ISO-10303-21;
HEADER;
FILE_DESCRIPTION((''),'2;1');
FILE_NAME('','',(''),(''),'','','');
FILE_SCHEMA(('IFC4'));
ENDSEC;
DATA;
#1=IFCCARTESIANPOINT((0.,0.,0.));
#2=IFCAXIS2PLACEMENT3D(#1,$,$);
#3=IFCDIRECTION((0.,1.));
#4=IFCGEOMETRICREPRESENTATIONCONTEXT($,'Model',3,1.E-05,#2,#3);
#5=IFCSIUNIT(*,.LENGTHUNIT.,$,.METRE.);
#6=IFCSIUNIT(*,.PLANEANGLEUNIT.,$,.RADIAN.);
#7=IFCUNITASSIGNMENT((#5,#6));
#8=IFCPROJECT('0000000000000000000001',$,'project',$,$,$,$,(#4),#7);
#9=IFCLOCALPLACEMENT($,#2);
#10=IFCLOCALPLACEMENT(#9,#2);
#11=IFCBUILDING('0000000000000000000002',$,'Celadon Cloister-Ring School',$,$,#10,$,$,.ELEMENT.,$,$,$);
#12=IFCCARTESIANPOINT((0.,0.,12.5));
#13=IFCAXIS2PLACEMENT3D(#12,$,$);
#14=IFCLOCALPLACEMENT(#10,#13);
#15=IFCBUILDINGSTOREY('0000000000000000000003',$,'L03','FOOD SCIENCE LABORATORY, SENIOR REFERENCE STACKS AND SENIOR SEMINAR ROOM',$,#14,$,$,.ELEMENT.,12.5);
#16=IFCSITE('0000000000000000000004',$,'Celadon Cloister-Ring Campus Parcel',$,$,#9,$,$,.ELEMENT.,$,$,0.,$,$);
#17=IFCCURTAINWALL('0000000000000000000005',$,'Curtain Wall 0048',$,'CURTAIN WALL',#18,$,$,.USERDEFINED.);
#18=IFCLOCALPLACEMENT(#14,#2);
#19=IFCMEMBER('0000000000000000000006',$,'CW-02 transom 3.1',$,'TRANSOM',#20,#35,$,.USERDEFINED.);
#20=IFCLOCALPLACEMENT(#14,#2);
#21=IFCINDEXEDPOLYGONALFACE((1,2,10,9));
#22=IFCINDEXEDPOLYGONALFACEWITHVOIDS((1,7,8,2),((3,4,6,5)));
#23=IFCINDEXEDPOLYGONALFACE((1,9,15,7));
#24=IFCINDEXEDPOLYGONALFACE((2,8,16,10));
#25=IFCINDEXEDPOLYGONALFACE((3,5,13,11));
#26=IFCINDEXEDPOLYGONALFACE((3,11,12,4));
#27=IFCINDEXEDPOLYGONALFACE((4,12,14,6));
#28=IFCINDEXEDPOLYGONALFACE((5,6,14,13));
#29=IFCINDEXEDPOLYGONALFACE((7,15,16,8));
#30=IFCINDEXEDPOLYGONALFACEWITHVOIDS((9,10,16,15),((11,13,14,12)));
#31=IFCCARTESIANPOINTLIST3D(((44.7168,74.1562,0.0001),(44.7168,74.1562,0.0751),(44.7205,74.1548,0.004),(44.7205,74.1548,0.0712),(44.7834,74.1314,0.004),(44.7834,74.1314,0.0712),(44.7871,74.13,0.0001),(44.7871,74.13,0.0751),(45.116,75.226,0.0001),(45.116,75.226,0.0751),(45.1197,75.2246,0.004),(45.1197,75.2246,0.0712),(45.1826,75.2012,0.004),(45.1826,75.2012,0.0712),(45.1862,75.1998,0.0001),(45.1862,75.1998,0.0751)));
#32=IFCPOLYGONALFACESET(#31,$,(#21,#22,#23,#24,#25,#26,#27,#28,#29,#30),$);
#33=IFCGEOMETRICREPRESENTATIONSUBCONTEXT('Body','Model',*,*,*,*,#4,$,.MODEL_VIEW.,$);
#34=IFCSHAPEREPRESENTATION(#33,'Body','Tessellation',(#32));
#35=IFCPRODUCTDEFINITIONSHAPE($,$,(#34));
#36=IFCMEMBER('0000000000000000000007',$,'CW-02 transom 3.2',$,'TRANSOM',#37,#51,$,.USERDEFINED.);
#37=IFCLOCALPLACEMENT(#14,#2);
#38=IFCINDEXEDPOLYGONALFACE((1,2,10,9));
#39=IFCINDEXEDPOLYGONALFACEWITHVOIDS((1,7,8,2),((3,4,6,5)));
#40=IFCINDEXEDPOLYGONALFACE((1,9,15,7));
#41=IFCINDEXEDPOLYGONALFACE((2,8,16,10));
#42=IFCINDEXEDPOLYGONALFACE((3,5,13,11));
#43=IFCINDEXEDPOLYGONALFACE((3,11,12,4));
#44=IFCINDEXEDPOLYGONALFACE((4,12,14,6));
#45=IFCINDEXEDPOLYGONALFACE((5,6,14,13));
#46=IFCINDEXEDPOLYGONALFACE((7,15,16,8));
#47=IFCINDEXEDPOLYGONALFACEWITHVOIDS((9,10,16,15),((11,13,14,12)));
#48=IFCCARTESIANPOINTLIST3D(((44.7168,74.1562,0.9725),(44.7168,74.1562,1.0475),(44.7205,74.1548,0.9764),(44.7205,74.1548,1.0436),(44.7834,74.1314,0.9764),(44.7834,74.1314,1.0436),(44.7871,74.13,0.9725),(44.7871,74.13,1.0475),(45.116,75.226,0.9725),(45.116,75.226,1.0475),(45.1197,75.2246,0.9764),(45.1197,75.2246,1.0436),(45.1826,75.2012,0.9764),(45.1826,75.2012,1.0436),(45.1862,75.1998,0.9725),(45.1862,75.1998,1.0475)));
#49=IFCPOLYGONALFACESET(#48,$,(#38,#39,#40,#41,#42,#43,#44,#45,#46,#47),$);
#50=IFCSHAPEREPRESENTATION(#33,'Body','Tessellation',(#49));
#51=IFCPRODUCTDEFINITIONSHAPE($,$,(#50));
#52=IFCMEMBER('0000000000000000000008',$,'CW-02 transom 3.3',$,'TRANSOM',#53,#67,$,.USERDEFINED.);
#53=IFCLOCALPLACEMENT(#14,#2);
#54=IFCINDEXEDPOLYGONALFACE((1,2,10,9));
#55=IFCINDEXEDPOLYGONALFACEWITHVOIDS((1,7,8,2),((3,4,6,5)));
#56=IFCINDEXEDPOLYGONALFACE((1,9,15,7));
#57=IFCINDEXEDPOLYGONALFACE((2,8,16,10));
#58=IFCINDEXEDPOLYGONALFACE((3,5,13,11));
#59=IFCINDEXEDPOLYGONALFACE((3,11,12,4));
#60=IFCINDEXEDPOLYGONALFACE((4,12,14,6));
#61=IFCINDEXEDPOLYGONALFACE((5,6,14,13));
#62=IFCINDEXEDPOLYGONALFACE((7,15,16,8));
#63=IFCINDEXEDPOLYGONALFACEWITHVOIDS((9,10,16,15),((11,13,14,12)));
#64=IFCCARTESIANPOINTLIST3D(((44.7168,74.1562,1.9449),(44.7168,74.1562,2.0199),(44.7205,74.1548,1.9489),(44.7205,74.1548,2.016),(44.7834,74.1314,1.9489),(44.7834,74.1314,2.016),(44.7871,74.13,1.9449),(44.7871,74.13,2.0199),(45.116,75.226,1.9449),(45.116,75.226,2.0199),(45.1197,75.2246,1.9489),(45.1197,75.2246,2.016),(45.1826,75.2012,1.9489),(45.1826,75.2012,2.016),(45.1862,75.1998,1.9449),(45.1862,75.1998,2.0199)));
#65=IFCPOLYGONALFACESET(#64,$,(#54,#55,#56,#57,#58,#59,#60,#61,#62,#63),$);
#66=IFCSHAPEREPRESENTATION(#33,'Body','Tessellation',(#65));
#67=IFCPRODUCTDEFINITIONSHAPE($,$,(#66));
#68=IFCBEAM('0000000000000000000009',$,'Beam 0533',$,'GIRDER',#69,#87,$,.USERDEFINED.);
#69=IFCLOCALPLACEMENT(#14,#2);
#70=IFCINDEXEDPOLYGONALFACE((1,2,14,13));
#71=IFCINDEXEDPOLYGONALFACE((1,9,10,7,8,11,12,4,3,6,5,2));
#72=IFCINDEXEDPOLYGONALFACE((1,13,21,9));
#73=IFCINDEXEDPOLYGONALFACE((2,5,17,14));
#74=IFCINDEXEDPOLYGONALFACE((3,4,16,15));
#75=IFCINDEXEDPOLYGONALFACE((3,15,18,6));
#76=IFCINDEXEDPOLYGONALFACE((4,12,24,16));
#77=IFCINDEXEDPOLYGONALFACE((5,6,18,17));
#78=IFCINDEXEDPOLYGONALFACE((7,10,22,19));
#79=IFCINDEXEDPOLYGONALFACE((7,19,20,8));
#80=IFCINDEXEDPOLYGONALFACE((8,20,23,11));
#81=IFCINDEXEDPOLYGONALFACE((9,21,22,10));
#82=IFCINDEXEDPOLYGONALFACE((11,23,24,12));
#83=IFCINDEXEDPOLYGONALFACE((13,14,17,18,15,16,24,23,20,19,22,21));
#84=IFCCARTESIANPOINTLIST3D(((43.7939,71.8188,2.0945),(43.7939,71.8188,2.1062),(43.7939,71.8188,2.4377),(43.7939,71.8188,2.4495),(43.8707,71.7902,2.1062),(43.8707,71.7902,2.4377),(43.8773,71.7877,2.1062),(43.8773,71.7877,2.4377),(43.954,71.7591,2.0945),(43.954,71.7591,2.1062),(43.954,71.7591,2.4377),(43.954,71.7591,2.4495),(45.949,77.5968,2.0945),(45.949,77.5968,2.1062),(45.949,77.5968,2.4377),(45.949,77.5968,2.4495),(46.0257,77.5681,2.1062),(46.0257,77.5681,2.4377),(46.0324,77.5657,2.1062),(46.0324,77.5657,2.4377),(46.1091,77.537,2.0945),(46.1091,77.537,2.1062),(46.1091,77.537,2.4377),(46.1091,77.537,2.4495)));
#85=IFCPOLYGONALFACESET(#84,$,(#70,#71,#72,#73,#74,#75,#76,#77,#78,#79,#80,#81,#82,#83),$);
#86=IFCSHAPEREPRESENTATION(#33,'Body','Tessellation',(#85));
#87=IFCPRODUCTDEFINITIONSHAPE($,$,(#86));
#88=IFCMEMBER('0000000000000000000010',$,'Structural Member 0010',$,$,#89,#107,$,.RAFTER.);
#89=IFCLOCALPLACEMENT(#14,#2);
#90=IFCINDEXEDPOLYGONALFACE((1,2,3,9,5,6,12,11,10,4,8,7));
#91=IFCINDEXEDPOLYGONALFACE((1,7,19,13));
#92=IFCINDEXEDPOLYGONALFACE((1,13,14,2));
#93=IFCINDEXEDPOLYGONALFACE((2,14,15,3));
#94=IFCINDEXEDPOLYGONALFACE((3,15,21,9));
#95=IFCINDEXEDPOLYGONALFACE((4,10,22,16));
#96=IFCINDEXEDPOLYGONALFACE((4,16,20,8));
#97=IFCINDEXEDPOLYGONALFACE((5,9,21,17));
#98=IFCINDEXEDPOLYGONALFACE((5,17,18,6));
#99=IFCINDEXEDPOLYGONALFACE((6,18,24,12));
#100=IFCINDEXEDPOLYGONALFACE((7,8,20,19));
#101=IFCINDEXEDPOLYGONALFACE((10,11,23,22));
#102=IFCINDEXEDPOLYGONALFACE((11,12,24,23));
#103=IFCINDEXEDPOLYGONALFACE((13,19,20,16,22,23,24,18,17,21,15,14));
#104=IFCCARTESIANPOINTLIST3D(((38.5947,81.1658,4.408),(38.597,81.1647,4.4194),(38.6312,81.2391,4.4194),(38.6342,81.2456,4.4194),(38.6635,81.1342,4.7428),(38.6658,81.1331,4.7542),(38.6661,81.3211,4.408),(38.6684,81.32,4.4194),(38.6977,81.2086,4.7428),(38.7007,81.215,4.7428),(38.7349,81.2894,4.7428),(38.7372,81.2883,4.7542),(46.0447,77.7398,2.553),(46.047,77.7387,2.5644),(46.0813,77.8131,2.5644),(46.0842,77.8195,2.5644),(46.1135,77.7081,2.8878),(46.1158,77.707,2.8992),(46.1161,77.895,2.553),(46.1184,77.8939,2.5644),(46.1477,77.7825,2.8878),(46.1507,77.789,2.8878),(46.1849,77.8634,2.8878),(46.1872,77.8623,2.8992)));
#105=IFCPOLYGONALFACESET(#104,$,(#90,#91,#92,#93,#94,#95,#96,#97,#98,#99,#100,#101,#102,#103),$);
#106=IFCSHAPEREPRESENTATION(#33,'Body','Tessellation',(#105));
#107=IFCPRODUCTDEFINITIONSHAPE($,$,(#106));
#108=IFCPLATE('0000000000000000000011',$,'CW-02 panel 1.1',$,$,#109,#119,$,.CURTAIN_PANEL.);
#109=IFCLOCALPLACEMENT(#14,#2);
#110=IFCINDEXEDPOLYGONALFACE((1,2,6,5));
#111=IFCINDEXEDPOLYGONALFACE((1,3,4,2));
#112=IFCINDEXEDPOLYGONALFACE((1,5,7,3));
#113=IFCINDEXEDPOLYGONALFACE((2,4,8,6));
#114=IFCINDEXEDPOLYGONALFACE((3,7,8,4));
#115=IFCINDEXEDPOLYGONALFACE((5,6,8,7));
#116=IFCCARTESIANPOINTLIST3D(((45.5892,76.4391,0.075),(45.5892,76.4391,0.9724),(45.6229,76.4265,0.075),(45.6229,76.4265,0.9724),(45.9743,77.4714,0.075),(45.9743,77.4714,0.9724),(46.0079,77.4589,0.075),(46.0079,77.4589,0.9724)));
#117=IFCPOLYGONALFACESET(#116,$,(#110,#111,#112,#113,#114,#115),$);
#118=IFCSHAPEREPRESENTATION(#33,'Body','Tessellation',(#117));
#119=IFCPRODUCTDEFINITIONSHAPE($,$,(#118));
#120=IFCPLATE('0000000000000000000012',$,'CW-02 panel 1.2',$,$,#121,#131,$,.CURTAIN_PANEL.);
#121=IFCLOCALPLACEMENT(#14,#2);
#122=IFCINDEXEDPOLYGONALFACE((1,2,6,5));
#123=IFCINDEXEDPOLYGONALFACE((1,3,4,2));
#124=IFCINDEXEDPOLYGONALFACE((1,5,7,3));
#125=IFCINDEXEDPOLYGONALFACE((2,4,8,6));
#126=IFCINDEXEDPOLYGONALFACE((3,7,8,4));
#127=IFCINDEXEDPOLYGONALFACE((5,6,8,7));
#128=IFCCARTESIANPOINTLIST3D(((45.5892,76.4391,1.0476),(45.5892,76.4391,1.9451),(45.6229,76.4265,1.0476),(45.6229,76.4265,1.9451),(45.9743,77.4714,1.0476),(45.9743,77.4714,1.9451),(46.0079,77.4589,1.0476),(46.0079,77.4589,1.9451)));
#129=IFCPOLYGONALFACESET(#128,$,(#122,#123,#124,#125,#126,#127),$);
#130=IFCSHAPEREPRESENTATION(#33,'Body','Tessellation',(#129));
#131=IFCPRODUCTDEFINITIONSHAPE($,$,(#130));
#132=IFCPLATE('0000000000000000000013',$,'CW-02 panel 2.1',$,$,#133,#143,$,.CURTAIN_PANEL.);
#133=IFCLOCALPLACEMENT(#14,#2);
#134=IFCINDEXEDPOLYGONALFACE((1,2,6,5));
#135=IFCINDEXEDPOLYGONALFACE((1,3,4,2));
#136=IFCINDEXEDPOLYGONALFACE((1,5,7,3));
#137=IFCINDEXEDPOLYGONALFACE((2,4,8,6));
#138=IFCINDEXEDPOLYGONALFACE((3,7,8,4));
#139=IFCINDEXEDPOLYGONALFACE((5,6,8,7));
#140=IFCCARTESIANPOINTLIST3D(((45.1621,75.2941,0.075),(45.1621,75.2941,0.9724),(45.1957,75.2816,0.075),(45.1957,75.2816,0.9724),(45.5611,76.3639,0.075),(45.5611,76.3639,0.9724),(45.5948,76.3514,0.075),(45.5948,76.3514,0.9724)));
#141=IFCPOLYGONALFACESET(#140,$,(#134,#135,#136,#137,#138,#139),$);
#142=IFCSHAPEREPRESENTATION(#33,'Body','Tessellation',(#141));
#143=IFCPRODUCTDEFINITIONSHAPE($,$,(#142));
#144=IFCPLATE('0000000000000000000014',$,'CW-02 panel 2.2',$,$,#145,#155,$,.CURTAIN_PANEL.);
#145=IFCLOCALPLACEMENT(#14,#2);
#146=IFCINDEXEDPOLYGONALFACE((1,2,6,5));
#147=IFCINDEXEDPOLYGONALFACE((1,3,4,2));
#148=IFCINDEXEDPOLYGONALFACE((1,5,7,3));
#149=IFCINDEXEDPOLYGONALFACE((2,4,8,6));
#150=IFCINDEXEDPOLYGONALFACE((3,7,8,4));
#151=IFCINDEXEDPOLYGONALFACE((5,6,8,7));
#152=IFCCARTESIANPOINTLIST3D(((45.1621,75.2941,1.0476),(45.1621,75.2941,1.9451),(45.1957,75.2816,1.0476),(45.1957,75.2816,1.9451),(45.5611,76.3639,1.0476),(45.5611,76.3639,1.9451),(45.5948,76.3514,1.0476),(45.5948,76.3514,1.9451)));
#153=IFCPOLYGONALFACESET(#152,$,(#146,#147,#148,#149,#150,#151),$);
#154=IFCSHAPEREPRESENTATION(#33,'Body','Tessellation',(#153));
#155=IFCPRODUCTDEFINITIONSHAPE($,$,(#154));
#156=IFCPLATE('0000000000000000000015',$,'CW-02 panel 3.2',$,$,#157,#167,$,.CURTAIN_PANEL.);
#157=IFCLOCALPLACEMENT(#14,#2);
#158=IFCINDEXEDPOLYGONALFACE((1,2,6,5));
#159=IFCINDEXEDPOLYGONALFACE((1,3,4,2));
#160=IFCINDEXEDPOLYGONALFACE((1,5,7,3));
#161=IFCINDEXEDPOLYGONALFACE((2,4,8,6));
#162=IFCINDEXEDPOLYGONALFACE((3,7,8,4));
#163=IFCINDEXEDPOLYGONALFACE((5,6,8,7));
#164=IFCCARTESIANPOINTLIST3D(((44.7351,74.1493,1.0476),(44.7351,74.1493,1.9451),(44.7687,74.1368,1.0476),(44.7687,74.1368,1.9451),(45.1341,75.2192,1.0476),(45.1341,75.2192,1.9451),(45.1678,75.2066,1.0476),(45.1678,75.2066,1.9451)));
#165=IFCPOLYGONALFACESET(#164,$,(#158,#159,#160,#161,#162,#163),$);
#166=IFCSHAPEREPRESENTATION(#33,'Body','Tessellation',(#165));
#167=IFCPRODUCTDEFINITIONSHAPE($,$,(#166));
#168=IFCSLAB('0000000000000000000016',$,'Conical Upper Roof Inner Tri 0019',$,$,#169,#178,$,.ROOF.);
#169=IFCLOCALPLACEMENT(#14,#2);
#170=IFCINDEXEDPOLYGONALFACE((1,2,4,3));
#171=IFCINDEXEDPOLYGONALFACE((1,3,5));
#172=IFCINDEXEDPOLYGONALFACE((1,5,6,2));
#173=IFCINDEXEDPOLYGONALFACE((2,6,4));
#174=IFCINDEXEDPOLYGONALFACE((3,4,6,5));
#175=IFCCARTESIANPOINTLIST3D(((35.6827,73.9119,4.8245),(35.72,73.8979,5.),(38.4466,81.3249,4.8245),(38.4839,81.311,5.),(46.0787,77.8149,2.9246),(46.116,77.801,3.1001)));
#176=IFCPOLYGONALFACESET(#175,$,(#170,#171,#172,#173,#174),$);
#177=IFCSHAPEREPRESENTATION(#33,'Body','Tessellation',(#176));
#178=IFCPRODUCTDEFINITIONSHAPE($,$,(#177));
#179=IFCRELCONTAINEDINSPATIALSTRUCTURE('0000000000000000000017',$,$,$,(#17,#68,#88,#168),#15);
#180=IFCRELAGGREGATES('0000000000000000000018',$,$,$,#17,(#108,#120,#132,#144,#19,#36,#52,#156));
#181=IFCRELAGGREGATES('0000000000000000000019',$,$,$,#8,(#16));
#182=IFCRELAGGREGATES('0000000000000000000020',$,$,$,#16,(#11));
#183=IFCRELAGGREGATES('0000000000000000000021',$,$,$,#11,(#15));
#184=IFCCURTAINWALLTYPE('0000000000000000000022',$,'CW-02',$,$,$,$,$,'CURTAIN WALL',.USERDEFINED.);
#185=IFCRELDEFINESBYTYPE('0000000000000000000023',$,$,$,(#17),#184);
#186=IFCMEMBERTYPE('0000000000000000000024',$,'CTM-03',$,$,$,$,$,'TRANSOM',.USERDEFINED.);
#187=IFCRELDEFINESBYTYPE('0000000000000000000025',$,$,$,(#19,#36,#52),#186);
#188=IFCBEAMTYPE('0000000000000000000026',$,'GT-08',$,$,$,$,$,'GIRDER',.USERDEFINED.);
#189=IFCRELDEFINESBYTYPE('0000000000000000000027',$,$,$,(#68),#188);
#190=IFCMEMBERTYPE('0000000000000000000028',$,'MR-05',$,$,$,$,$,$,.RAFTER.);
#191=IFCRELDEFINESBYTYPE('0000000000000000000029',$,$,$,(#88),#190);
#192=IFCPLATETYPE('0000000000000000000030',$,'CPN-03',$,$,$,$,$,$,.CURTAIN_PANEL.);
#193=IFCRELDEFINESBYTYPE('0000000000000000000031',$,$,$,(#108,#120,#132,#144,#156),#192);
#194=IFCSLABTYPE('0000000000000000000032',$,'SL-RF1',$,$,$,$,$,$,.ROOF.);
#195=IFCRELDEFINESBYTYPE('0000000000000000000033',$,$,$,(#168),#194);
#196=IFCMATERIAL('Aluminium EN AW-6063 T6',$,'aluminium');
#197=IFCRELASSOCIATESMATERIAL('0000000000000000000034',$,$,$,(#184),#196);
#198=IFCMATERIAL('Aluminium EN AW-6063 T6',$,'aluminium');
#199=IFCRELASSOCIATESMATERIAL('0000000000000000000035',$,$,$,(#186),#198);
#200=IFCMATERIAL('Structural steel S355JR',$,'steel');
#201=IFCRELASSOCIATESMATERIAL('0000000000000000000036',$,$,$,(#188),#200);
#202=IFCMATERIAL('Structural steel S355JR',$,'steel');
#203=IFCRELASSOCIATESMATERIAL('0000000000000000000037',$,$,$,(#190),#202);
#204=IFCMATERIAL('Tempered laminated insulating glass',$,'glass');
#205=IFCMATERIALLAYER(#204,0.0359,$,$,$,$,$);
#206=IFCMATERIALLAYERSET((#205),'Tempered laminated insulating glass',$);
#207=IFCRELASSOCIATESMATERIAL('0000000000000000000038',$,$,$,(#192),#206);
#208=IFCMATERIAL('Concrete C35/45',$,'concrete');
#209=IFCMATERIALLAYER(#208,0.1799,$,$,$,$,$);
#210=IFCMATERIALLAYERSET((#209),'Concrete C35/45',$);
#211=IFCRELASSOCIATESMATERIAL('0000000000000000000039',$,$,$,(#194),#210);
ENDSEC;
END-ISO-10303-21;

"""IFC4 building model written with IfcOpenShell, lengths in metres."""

from ifc_helpers import new_model, si_unit, direction, frame, origin, origin_2d, place, context, subcontext, project, spatial, polyline, rectangle, hollow_rectangle, i_section, outline, extrude, material, layer, layer_set, material_profile, profile_set, type_object, element, aggregate, save


model = new_model("IFC4")

# Units and contexts
model_context = context("Model", 3, precision=1e-05, world=origin(), true_north=direction((0.0, 1.0)))
body_context = subcontext(model_context, "Body", "Model", "MODEL_VIEW")
ifc_project = project(units=[si_unit("LENGTHUNIT", "METRE"), si_unit("PLANEANGLEUNIT", "RADIAN")], contexts=[model_context])

# Site, building, storey
site_placement = place(None, origin())
site = spatial("IfcSite", under=ifc_project, at=site_placement, Name="Celadon Cloister-Ring Campus Parcel", CompositionType="ELEMENT", RefElevation=0.0)
building_placement = place(site_placement, origin())
building = spatial("IfcBuilding", under=site, at=building_placement, Name="Celadon Cloister-Ring School", CompositionType="ELEMENT")
storey_placement = place(building_placement, frame((0.0, 0.0, 12.5)))
storey = spatial("IfcBuildingStorey", under=building, at=storey_placement, Name="L03", Description="FOOD SCIENCE LABORATORY, SENIOR REFERENCE STACKS AND SENIOR SEMINAR ROOM", CompositionType="ELEMENT", Elevation=12.5)

# Shared definitions
ifc_material_1 = material(Name="Aluminium EN AW-6063 T6", Category="aluminium")
curtain_wall_type = type_object("IfcCurtainWallType", Name="CW-02", ElementType="CURTAIN WALL", PredefinedType="USERDEFINED", material=ifc_material_1)

# Curtain wall, members
curtain_wall_1_placement = place(storey_placement, origin())
curtain_wall_1 = element("IfcCurtainWall", 1, at=curtain_wall_1_placement, inside=storey, type_object=curtain_wall_type, Name="Curtain Wall 0048", ObjectType="CURTAIN WALL", PredefinedType="USERDEFINED")
ifc_material_2 = material(Name="Aluminium EN AW-6063 T6", Category="aluminium")
ifc_material_profile_1 = material_profile(ifc_material_2, hollow_rectangle(XDim=0.075, YDim=0.075, WallThickness=0.0039, at=origin_2d()), Name="RHS75X75X4")
ifc_profile_set_1 = profile_set([ifc_material_profile_1], Name="Aluminium EN AW-6063 T6")
member_type_1 = type_object("IfcMemberType", Name="CTM-03", ElementType="TRANSOM", PredefinedType="USERDEFINED", material=ifc_profile_set_1)
member_1_placement = place(storey_placement, frame((45.1511, 75.2129, 0.0376), z_axis=(-0.349577, -0.936908, 0.0), x_axis=(0.936908, -0.349577, 0.0)))
member_1 = element("IfcMember", 2, at=member_1_placement, type_object=member_type_1, Name="CW-02 transom 3.1", ObjectType="TRANSOM", PredefinedType="USERDEFINED", context=body_context, shape_type="SweptSolid", body=[
    extrude(hollow_rectangle(XDim=0.075, YDim=0.075, WallThickness=0.0039, at=origin_2d()), origin(), (0.0, 0.0, 1.0), 1.1418),
])
member_2_placement = place(storey_placement, frame((45.1511, 75.2129, 1.01), z_axis=(-0.349577, -0.936908, 0.0), x_axis=(0.936908, -0.349577, 0.0)))
member_2 = element("IfcMember", 3, at=member_2_placement, type_object=member_type_1, Name="CW-02 transom 3.2", ObjectType="TRANSOM", PredefinedType="USERDEFINED", context=body_context, shape_type="SweptSolid", body=[
    extrude(hollow_rectangle(XDim=0.075, YDim=0.075, WallThickness=0.0039, at=origin_2d()), origin(), (0.0, 0.0, 1.0), 1.1418),
])
member_3_placement = place(storey_placement, frame((45.1511, 75.2129, 1.9824), z_axis=(-0.349577, -0.936908, 0.0), x_axis=(0.936908, -0.349577, 0.0)))
member_3 = element("IfcMember", 4, at=member_3_placement, type_object=member_type_1, Name="CW-02 transom 3.3", ObjectType="TRANSOM", PredefinedType="USERDEFINED", context=body_context, shape_type="SweptSolid", body=[
    extrude(hollow_rectangle(XDim=0.075, YDim=0.075, WallThickness=0.0039, at=origin_2d()), origin(), (0.0, 0.0, 1.0), 1.1418),
])

# Beam
ifc_material_3 = material(Name="Structural steel S355JR", Category="steel")
ifc_material_profile_2 = material_profile(ifc_material_3, i_section(OverallWidth=0.1709, OverallDepth=0.355, WebThickness=0.0071, FlangeThickness=0.0117, at=origin_2d()), Name="W360X51")
ifc_profile_set_2 = profile_set([ifc_material_profile_2], Name="Structural steel S355JR")
beam_type = type_object("IfcBeamType", Name="GT-08", ElementType="GIRDER", PredefinedType="USERDEFINED", material=ifc_profile_set_2)
beam_placement = place(storey_placement, frame((46.0291, 77.5669, 2.272), z_axis=(-0.349466, -0.936949, 0.0), x_axis=(0.936949, -0.349466, 0.0)))
element("IfcBeam", 5, at=beam_placement, inside=storey, type_object=beam_type, Name="Beam 0533", ObjectType="GIRDER", PredefinedType="USERDEFINED", context=body_context, shape_type="SweptSolid", body=[
    extrude(i_section(OverallWidth=0.1709, OverallDepth=0.355, WebThickness=0.0071, FlangeThickness=0.0117, at=origin_2d()), origin(), (0.0, 0.0, 1.0), 6.1667),
])

# Member
ifc_material_4 = material(Name="Structural steel S355JR", Category="steel")
ifc_material_profile_3 = material_profile(ifc_material_4, i_section(OverallWidth=0.1709, OverallDepth=0.355, WebThickness=0.0071, FlangeThickness=0.0117, at=origin_2d()), Name="W360X51")
ifc_profile_set_3 = profile_set([ifc_material_profile_3], Name="Structural steel S355JR")
member_type_2 = type_object("IfcMemberType", Name="MR-05", PredefinedType="RAFTER", material=ifc_profile_set_3)
member_4_placement = place(storey_placement, frame((46.116, 77.801, 2.7261), z_axis=(-0.886143, 0.407513, 0.220643), x_axis=(-0.41781, -0.908535, 0.0)))
element("IfcMember", 6, at=member_4_placement, inside=storey, type_object=member_type_2, Name="Structural Member 0010", PredefinedType="RAFTER", context=body_context, shape_type="SweptSolid", body=[
    extrude(i_section(OverallWidth=0.1709, OverallDepth=0.355, WebThickness=0.0071, FlangeThickness=0.0117, at=origin_2d()), origin(), (0.0, 0.0, 1.0), 8.4072),
])

# Plates
ifc_material_5 = material(Name="Tempered laminated insulating glass", Category="glass")
ifc_layer_1 = layer(ifc_material_5, 0.0359)
ifc_layer_set_1 = layer_set([ifc_layer_1], Name="Tempered laminated insulating glass")
plate_type = type_object("IfcPlateType", Name="CPN-03", PredefinedType="CURTAIN_PANEL", material=ifc_layer_set_1)
plate_1_placement = place(storey_placement, frame((45.7986, 76.949, 0.075), z_axis=(0.0, 0.0, 1.0), x_axis=(-0.349473, -0.936947, 0.0)))
plate_1 = element("IfcPlate", 7, at=plate_1_placement, type_object=plate_type, Name="CW-02 panel 1.1", PredefinedType="CURTAIN_PANEL", context=body_context, shape_type="SweptSolid", body=[
    extrude(rectangle(XDim=1.1018, YDim=0.0359, at=origin_2d()), origin(), (0.0, 0.0, 1.0), 0.8975),
])
plate_2_placement = place(storey_placement, frame((45.7986, 76.949, 1.0476), z_axis=(0.0, 0.0, 1.0), x_axis=(-0.349473, -0.936947, 0.0)))
plate_2 = element("IfcPlate", 8, at=plate_2_placement, type_object=plate_type, Name="CW-02 panel 1.2", PredefinedType="CURTAIN_PANEL", context=body_context, shape_type="SweptSolid", body=[
    extrude(rectangle(XDim=1.1018, YDim=0.0359, at=origin_2d()), origin(), (0.0, 0.0, 1.0), 0.8975),
])
plate_3_placement = place(storey_placement, frame((45.3784, 75.8228, 0.075), z_axis=(0.0, 0.0, 1.0), x_axis=(-0.349473, -0.936947, 0.0)))
plate_3 = element("IfcPlate", 9, at=plate_3_placement, type_object=plate_type, Name="CW-02 panel 2.1", PredefinedType="CURTAIN_PANEL", context=body_context, shape_type="SweptSolid", body=[
    extrude(rectangle(XDim=1.1418, YDim=0.0359, at=origin_2d()), origin(), (0.0, 0.0, 1.0), 0.8975),
])
plate_4_placement = place(storey_placement, frame((45.3784, 75.8228, 1.0476), z_axis=(0.0, 0.0, 1.0), x_axis=(-0.349473, -0.936947, 0.0)))
plate_4 = element("IfcPlate", 10, at=plate_4_placement, type_object=plate_type, Name="CW-02 panel 2.2", PredefinedType="CURTAIN_PANEL", context=body_context, shape_type="SweptSolid", body=[
    extrude(rectangle(XDim=1.1418, YDim=0.0359, at=origin_2d()), origin(), (0.0, 0.0, 1.0), 0.8975),
])
plate_5_placement = place(storey_placement, frame((44.9514, 74.678, 1.0476), z_axis=(0.0, 0.0, 1.0), x_axis=(-0.349473, -0.936947, 0.0)))
plate_5 = element("IfcPlate", 11, at=plate_5_placement, type_object=plate_type, Name="CW-02 panel 3.2", PredefinedType="CURTAIN_PANEL", context=body_context, shape_type="SweptSolid", body=[
    extrude(rectangle(XDim=1.1418, YDim=0.0359, at=origin_2d()), origin(), (0.0, 0.0, 1.0), 0.8975),
])
aggregate(curtain_wall_1, [plate_1, plate_2, plate_3, plate_4, member_1, member_2, member_3, plate_5])

# Slab
ifc_material_6 = material(Name="Concrete C35/45", Category="concrete")
ifc_layer_2 = layer(ifc_material_6, 0.1799)
ifc_layer_set_2 = layer_set([ifc_layer_2], Name="Concrete C35/45")
slab_type = type_object("IfcSlabType", Name="SL-RF1", PredefinedType="ROOF", material=ifc_layer_set_2)
slab_1_placement = place(storey_placement, frame((46.116, 77.801, 3.1001), z_axis=(0.207236, -0.077267, 0.975235), x_axis=(-0.886144, 0.407539, 0.220593)))
element("IfcSlab", 12, at=slab_1_placement, inside=storey, type_object=slab_type, Name="Conical Upper Roof Inner Tri 0019", PredefinedType="ROOF", context=body_context, shape_type="SweptSolid", body=[
    extrude(outline(polyline([(0.0, 0.0), (8.6127, 0.0), (8.0408, 7.8909), (0.0, 0.0)])), origin(), (0.0, 0.0, -1.0), 0.1799),
])

save(model, "model.ifc")
